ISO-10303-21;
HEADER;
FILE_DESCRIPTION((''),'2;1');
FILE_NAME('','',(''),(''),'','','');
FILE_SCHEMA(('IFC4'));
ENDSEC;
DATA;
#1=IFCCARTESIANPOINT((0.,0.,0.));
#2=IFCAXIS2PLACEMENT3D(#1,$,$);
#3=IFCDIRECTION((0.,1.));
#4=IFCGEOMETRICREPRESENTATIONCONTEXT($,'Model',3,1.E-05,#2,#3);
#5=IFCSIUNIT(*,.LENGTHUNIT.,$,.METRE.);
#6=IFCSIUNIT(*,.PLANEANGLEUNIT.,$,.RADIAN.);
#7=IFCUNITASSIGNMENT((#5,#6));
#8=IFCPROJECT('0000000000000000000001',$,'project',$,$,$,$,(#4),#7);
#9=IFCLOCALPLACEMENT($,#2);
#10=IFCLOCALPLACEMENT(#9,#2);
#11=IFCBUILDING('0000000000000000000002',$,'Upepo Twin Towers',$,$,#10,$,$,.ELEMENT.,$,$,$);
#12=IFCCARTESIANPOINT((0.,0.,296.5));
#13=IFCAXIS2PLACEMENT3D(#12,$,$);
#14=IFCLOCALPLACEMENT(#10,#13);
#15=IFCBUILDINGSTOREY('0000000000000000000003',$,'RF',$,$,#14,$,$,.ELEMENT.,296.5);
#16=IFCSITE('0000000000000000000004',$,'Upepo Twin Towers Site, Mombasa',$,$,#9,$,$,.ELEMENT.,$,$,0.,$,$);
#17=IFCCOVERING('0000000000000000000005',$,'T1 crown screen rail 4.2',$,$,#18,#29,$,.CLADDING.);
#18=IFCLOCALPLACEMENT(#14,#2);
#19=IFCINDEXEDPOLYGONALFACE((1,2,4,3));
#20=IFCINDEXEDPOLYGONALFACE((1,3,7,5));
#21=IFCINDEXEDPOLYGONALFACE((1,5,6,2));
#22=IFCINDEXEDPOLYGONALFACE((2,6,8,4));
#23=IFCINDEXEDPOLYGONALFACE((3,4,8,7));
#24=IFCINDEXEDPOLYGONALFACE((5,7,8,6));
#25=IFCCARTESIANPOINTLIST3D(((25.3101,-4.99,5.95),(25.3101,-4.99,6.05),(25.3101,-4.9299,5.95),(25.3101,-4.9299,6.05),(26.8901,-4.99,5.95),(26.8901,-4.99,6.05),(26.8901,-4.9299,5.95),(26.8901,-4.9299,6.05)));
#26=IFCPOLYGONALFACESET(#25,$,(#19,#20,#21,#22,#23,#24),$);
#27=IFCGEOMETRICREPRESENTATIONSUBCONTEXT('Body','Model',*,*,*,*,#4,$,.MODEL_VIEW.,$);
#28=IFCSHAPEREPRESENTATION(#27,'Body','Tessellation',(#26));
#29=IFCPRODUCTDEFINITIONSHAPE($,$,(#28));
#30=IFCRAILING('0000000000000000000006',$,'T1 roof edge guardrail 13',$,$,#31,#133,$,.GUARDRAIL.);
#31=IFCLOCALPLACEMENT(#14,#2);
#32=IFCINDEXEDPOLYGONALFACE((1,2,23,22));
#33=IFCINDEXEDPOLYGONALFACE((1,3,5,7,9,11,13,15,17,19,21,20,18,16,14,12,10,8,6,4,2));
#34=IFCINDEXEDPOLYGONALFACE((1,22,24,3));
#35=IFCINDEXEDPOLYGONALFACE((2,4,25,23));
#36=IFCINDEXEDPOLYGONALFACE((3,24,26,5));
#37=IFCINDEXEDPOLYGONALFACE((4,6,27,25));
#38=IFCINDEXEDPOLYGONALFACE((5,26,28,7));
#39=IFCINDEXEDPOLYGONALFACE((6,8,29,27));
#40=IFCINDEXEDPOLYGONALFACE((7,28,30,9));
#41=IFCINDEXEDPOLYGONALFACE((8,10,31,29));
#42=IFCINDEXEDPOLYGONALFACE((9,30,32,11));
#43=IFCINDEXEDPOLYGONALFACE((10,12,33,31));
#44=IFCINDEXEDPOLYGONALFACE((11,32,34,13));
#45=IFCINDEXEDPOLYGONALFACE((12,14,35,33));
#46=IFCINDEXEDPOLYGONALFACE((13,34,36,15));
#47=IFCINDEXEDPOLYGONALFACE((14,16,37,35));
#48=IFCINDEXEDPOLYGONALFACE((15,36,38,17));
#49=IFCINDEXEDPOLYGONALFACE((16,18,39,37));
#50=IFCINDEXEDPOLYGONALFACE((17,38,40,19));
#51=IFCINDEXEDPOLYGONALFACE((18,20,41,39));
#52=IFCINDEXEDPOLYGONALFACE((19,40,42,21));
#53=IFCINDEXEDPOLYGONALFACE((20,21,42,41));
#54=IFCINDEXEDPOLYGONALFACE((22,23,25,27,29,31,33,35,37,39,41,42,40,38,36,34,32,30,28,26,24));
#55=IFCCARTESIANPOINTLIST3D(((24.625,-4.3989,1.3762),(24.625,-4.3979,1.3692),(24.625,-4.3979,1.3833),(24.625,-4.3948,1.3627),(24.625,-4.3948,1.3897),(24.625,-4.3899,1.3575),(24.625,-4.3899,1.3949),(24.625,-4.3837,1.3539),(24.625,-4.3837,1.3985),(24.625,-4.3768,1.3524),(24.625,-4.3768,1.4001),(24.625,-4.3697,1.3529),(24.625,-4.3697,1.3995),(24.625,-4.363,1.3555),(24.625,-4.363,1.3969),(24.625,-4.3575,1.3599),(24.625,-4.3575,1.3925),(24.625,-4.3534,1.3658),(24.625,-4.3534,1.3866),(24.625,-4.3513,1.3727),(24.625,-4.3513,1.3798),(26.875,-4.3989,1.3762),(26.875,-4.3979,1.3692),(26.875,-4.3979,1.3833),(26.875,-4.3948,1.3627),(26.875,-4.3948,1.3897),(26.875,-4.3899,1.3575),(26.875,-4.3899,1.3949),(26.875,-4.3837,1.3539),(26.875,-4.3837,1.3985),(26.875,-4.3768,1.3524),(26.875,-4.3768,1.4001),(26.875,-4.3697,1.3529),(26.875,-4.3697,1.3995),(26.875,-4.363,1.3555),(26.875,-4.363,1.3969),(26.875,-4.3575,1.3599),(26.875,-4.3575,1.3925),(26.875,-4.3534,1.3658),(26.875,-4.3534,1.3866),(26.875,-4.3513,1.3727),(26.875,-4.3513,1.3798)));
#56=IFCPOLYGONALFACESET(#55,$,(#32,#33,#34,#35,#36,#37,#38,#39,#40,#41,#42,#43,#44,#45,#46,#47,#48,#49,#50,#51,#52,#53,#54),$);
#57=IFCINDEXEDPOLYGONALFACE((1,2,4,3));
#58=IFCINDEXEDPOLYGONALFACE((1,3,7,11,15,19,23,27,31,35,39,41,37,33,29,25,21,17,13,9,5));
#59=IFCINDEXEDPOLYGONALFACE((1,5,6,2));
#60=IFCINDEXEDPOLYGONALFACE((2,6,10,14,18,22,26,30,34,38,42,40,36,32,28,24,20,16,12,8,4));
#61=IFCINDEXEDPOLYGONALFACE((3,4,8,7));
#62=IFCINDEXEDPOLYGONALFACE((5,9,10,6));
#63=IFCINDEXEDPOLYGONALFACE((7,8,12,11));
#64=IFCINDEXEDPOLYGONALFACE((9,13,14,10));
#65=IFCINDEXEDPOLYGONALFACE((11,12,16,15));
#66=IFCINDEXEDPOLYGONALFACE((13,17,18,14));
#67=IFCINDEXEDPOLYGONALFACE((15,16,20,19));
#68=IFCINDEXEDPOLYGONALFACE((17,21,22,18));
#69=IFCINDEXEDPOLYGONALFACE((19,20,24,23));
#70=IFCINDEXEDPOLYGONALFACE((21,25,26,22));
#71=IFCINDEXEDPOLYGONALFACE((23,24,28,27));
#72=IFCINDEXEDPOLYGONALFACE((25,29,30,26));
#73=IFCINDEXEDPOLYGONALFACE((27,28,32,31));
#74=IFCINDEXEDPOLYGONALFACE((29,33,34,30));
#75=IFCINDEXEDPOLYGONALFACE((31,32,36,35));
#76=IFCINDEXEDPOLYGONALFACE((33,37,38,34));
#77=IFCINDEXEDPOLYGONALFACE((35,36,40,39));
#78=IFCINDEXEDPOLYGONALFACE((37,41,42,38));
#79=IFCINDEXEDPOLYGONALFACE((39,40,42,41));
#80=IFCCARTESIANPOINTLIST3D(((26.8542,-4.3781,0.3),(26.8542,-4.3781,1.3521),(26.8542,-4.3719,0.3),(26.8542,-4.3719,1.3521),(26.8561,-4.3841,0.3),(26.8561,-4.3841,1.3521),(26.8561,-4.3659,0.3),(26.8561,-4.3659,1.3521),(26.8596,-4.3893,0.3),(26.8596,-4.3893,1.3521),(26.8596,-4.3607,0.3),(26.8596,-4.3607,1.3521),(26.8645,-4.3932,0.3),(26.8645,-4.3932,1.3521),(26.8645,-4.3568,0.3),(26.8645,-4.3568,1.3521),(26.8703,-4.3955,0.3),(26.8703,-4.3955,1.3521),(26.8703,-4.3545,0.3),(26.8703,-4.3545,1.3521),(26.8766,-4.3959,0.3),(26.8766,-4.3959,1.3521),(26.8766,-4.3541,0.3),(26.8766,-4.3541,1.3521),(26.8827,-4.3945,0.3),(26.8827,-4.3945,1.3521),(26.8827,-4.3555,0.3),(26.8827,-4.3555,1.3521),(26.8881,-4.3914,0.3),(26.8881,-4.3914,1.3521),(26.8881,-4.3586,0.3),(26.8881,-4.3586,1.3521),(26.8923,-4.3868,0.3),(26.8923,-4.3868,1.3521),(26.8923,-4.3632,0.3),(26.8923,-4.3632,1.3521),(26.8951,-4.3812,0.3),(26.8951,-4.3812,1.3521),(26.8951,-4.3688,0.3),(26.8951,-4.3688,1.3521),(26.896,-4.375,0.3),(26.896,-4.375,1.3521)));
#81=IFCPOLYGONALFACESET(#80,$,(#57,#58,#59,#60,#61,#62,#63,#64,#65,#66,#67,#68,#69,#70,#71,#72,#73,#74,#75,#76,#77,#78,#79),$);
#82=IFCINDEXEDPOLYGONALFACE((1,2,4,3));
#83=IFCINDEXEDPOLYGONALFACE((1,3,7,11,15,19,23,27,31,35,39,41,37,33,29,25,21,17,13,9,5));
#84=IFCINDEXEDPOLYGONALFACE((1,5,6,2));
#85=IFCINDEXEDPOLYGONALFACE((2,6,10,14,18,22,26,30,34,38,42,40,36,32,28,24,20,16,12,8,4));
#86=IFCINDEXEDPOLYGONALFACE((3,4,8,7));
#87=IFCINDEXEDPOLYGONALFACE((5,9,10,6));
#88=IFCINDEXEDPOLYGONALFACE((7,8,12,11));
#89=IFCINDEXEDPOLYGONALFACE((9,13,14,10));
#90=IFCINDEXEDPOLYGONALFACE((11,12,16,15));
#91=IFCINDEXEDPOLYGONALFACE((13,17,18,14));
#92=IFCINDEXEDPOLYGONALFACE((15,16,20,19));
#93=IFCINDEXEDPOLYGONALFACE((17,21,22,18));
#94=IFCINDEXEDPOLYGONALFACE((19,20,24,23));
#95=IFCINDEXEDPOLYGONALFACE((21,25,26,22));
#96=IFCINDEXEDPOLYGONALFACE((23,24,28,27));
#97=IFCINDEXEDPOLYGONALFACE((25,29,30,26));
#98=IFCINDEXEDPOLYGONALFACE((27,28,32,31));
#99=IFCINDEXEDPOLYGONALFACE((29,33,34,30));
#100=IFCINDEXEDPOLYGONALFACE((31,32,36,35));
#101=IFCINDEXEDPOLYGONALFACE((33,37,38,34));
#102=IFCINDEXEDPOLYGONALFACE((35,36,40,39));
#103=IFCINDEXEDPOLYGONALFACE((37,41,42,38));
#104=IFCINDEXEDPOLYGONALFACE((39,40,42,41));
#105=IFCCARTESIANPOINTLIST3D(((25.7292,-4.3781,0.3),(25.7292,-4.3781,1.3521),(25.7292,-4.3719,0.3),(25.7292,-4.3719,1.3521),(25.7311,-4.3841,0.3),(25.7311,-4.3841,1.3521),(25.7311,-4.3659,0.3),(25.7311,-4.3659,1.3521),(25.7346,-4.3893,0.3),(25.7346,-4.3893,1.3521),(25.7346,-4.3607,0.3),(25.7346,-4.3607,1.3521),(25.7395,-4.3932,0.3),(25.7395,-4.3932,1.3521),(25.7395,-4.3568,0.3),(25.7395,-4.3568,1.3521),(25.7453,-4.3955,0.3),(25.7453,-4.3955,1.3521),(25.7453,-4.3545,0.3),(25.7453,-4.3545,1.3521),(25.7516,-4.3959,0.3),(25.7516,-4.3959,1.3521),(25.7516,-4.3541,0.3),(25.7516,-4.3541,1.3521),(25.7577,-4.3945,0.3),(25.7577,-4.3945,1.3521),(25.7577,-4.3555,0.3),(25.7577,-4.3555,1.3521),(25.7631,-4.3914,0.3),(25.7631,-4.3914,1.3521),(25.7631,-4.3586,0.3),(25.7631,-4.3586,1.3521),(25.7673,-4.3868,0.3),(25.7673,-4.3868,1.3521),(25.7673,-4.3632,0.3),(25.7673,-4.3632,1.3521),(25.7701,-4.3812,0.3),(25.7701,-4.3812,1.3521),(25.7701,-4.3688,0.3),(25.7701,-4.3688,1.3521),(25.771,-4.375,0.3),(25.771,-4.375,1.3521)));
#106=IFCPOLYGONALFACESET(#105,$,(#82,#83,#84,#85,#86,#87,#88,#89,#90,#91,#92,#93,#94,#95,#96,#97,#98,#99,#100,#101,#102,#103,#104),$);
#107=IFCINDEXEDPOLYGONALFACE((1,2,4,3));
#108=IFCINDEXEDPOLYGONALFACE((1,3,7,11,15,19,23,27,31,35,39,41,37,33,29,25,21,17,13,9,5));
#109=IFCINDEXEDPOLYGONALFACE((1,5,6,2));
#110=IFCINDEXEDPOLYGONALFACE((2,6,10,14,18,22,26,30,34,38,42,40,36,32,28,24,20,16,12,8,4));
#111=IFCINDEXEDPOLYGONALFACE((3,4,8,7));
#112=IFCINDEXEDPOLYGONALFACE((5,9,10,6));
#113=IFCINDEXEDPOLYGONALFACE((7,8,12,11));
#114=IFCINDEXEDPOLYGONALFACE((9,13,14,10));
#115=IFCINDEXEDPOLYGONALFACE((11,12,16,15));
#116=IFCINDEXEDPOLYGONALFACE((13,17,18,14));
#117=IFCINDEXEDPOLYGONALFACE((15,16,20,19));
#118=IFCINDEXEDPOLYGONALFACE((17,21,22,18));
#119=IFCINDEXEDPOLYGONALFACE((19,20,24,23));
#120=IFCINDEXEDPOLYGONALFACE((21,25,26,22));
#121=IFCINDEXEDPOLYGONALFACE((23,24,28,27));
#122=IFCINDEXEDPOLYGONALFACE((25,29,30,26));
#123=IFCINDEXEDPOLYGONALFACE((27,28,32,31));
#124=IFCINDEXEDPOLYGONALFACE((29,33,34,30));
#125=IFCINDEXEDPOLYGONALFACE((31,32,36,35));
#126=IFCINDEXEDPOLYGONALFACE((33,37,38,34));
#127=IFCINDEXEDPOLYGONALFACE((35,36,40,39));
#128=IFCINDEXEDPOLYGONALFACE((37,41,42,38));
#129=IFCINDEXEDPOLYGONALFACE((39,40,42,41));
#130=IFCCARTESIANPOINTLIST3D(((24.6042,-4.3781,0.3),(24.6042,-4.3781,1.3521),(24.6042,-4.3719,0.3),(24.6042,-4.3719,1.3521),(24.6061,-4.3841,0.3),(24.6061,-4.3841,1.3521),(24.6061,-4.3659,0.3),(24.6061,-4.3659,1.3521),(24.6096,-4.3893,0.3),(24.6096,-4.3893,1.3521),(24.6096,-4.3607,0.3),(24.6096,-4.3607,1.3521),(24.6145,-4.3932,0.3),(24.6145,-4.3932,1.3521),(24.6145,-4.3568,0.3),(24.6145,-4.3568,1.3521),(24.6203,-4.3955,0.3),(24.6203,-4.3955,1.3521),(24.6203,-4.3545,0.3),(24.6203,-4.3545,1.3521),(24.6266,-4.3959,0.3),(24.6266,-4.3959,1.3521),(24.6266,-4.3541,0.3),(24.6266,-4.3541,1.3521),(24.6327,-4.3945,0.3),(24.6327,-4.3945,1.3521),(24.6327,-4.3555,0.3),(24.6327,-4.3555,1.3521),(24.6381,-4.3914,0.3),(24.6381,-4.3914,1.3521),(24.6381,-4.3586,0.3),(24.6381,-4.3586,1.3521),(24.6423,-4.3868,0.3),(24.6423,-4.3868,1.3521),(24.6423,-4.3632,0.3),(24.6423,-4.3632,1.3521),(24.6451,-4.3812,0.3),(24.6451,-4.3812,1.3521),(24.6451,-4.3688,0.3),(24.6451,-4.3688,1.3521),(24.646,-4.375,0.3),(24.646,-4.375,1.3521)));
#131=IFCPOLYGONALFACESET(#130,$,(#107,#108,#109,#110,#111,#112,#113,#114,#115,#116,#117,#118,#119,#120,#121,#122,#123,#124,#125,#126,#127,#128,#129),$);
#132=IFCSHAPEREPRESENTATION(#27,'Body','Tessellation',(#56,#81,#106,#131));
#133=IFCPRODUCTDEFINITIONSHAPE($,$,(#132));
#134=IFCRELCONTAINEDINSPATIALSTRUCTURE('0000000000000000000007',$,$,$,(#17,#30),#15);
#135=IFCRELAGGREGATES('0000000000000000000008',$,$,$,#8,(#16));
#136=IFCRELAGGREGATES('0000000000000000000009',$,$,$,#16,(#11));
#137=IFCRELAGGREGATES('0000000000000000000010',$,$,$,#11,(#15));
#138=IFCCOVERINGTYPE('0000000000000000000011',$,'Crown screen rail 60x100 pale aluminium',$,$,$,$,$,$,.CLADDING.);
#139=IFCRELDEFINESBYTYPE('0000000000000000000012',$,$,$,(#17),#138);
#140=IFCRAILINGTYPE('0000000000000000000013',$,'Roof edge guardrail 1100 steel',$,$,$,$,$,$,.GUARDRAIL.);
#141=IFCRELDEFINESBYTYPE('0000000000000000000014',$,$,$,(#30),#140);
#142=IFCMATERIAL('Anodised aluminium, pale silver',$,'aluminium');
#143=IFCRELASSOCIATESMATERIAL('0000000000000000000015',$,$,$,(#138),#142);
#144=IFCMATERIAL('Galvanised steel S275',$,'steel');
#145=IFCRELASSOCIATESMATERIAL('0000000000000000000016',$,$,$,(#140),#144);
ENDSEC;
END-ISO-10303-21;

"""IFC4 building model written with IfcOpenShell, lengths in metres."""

from ifc_helpers import new_model, si_unit, direction, frame, origin, origin_2d, place, context, subcontext, project, spatial, rectangle, circle, extrude, material, type_object, element, save


model = new_model("IFC4")

# Units and contexts
model_context = context("Model", 3, precision=1e-05, world=origin(), true_north=direction((0.0, 1.0)))
body_context = subcontext(model_context, "Body", "Model", "MODEL_VIEW")
ifc_project = project(units=[si_unit("LENGTHUNIT", "METRE"), si_unit("PLANEANGLEUNIT", "RADIAN")], contexts=[model_context])

# Site, building, storey
site_placement = place(None, origin())
site = spatial("IfcSite", under=ifc_project, at=site_placement, Name="Upepo Twin Towers Site, Mombasa", CompositionType="ELEMENT", RefElevation=0.0)
building_placement = place(site_placement, origin())
building = spatial("IfcBuilding", under=site, at=building_placement, Name="Upepo Twin Towers", CompositionType="ELEMENT")
storey_placement = place(building_placement, frame((0.0, 0.0, 296.5)))
storey = spatial("IfcBuildingStorey", under=building, at=storey_placement, Name="RF", CompositionType="ELEMENT", Elevation=296.5)

# Covering
ifc_material_1 = material(Name="Anodised aluminium, pale silver", Category="aluminium")
covering_type_1 = type_object("IfcCoveringType", Name="Crown screen rail 60x100 pale aluminium", PredefinedType="CLADDING", material=ifc_material_1)
for number, where, z_axis, x_axis, name in (
    (1, (26.1001, -4.96, 5.95), (0.0, 0.0, 1.0), (1.0, 0.0, 0.0), "T1 crown screen rail 4.2"),
):
    element("IfcCovering", number, at=place(storey_placement, frame(where, z_axis=z_axis, x_axis=x_axis)), inside=storey, type_object=covering_type_1, Name=name, PredefinedType="CLADDING", context=body_context, shape_type="SweptSolid", body=[
        extrude(rectangle(XDim=1.5801, YDim=0.0601, at=origin_2d()), origin(), (0.0, 0.0, 1.0), 0.1001),
    ])

# Railing
ifc_material_2 = material(Name="Galvanised steel S275", Category="steel")
railing_type = type_object("IfcRailingType", Name="Roof edge guardrail 1100 steel", PredefinedType="GUARDRAIL", material=ifc_material_2)
railing_1_placement = place(storey_placement, frame((26.875, -4.375, 0.3)))
element("IfcRailing", 2, at=railing_1_placement, inside=storey, type_object=railing_type, Name="T1 roof edge guardrail 13", PredefinedType="GUARDRAIL", context=body_context, shape_type="SweptSolid", body=[
    extrude(circle(Radius=0.0239, at=origin_2d()), frame((0.0, 0.0, 1.0762), z_axis=(-1.0, 0.0, 0.0), x_axis=(0.0, -1.0, 0.0)), (0.0, 0.0, 1.0), 2.25),
    extrude(circle(Radius=0.021, at=origin_2d()), origin(), (0.0, 0.0, 1.0), 1.052),
    extrude(circle(Radius=0.021, at=origin_2d()), frame((-1.125, 0.0, 0.0)), (0.0, 0.0, 1.0), 1.052),
    extrude(circle(Radius=0.021, at=origin_2d()), frame((-2.25, 0.0, 0.0)), (0.0, 0.0, 1.0), 1.052),
])

save(model, "model.ifc")
